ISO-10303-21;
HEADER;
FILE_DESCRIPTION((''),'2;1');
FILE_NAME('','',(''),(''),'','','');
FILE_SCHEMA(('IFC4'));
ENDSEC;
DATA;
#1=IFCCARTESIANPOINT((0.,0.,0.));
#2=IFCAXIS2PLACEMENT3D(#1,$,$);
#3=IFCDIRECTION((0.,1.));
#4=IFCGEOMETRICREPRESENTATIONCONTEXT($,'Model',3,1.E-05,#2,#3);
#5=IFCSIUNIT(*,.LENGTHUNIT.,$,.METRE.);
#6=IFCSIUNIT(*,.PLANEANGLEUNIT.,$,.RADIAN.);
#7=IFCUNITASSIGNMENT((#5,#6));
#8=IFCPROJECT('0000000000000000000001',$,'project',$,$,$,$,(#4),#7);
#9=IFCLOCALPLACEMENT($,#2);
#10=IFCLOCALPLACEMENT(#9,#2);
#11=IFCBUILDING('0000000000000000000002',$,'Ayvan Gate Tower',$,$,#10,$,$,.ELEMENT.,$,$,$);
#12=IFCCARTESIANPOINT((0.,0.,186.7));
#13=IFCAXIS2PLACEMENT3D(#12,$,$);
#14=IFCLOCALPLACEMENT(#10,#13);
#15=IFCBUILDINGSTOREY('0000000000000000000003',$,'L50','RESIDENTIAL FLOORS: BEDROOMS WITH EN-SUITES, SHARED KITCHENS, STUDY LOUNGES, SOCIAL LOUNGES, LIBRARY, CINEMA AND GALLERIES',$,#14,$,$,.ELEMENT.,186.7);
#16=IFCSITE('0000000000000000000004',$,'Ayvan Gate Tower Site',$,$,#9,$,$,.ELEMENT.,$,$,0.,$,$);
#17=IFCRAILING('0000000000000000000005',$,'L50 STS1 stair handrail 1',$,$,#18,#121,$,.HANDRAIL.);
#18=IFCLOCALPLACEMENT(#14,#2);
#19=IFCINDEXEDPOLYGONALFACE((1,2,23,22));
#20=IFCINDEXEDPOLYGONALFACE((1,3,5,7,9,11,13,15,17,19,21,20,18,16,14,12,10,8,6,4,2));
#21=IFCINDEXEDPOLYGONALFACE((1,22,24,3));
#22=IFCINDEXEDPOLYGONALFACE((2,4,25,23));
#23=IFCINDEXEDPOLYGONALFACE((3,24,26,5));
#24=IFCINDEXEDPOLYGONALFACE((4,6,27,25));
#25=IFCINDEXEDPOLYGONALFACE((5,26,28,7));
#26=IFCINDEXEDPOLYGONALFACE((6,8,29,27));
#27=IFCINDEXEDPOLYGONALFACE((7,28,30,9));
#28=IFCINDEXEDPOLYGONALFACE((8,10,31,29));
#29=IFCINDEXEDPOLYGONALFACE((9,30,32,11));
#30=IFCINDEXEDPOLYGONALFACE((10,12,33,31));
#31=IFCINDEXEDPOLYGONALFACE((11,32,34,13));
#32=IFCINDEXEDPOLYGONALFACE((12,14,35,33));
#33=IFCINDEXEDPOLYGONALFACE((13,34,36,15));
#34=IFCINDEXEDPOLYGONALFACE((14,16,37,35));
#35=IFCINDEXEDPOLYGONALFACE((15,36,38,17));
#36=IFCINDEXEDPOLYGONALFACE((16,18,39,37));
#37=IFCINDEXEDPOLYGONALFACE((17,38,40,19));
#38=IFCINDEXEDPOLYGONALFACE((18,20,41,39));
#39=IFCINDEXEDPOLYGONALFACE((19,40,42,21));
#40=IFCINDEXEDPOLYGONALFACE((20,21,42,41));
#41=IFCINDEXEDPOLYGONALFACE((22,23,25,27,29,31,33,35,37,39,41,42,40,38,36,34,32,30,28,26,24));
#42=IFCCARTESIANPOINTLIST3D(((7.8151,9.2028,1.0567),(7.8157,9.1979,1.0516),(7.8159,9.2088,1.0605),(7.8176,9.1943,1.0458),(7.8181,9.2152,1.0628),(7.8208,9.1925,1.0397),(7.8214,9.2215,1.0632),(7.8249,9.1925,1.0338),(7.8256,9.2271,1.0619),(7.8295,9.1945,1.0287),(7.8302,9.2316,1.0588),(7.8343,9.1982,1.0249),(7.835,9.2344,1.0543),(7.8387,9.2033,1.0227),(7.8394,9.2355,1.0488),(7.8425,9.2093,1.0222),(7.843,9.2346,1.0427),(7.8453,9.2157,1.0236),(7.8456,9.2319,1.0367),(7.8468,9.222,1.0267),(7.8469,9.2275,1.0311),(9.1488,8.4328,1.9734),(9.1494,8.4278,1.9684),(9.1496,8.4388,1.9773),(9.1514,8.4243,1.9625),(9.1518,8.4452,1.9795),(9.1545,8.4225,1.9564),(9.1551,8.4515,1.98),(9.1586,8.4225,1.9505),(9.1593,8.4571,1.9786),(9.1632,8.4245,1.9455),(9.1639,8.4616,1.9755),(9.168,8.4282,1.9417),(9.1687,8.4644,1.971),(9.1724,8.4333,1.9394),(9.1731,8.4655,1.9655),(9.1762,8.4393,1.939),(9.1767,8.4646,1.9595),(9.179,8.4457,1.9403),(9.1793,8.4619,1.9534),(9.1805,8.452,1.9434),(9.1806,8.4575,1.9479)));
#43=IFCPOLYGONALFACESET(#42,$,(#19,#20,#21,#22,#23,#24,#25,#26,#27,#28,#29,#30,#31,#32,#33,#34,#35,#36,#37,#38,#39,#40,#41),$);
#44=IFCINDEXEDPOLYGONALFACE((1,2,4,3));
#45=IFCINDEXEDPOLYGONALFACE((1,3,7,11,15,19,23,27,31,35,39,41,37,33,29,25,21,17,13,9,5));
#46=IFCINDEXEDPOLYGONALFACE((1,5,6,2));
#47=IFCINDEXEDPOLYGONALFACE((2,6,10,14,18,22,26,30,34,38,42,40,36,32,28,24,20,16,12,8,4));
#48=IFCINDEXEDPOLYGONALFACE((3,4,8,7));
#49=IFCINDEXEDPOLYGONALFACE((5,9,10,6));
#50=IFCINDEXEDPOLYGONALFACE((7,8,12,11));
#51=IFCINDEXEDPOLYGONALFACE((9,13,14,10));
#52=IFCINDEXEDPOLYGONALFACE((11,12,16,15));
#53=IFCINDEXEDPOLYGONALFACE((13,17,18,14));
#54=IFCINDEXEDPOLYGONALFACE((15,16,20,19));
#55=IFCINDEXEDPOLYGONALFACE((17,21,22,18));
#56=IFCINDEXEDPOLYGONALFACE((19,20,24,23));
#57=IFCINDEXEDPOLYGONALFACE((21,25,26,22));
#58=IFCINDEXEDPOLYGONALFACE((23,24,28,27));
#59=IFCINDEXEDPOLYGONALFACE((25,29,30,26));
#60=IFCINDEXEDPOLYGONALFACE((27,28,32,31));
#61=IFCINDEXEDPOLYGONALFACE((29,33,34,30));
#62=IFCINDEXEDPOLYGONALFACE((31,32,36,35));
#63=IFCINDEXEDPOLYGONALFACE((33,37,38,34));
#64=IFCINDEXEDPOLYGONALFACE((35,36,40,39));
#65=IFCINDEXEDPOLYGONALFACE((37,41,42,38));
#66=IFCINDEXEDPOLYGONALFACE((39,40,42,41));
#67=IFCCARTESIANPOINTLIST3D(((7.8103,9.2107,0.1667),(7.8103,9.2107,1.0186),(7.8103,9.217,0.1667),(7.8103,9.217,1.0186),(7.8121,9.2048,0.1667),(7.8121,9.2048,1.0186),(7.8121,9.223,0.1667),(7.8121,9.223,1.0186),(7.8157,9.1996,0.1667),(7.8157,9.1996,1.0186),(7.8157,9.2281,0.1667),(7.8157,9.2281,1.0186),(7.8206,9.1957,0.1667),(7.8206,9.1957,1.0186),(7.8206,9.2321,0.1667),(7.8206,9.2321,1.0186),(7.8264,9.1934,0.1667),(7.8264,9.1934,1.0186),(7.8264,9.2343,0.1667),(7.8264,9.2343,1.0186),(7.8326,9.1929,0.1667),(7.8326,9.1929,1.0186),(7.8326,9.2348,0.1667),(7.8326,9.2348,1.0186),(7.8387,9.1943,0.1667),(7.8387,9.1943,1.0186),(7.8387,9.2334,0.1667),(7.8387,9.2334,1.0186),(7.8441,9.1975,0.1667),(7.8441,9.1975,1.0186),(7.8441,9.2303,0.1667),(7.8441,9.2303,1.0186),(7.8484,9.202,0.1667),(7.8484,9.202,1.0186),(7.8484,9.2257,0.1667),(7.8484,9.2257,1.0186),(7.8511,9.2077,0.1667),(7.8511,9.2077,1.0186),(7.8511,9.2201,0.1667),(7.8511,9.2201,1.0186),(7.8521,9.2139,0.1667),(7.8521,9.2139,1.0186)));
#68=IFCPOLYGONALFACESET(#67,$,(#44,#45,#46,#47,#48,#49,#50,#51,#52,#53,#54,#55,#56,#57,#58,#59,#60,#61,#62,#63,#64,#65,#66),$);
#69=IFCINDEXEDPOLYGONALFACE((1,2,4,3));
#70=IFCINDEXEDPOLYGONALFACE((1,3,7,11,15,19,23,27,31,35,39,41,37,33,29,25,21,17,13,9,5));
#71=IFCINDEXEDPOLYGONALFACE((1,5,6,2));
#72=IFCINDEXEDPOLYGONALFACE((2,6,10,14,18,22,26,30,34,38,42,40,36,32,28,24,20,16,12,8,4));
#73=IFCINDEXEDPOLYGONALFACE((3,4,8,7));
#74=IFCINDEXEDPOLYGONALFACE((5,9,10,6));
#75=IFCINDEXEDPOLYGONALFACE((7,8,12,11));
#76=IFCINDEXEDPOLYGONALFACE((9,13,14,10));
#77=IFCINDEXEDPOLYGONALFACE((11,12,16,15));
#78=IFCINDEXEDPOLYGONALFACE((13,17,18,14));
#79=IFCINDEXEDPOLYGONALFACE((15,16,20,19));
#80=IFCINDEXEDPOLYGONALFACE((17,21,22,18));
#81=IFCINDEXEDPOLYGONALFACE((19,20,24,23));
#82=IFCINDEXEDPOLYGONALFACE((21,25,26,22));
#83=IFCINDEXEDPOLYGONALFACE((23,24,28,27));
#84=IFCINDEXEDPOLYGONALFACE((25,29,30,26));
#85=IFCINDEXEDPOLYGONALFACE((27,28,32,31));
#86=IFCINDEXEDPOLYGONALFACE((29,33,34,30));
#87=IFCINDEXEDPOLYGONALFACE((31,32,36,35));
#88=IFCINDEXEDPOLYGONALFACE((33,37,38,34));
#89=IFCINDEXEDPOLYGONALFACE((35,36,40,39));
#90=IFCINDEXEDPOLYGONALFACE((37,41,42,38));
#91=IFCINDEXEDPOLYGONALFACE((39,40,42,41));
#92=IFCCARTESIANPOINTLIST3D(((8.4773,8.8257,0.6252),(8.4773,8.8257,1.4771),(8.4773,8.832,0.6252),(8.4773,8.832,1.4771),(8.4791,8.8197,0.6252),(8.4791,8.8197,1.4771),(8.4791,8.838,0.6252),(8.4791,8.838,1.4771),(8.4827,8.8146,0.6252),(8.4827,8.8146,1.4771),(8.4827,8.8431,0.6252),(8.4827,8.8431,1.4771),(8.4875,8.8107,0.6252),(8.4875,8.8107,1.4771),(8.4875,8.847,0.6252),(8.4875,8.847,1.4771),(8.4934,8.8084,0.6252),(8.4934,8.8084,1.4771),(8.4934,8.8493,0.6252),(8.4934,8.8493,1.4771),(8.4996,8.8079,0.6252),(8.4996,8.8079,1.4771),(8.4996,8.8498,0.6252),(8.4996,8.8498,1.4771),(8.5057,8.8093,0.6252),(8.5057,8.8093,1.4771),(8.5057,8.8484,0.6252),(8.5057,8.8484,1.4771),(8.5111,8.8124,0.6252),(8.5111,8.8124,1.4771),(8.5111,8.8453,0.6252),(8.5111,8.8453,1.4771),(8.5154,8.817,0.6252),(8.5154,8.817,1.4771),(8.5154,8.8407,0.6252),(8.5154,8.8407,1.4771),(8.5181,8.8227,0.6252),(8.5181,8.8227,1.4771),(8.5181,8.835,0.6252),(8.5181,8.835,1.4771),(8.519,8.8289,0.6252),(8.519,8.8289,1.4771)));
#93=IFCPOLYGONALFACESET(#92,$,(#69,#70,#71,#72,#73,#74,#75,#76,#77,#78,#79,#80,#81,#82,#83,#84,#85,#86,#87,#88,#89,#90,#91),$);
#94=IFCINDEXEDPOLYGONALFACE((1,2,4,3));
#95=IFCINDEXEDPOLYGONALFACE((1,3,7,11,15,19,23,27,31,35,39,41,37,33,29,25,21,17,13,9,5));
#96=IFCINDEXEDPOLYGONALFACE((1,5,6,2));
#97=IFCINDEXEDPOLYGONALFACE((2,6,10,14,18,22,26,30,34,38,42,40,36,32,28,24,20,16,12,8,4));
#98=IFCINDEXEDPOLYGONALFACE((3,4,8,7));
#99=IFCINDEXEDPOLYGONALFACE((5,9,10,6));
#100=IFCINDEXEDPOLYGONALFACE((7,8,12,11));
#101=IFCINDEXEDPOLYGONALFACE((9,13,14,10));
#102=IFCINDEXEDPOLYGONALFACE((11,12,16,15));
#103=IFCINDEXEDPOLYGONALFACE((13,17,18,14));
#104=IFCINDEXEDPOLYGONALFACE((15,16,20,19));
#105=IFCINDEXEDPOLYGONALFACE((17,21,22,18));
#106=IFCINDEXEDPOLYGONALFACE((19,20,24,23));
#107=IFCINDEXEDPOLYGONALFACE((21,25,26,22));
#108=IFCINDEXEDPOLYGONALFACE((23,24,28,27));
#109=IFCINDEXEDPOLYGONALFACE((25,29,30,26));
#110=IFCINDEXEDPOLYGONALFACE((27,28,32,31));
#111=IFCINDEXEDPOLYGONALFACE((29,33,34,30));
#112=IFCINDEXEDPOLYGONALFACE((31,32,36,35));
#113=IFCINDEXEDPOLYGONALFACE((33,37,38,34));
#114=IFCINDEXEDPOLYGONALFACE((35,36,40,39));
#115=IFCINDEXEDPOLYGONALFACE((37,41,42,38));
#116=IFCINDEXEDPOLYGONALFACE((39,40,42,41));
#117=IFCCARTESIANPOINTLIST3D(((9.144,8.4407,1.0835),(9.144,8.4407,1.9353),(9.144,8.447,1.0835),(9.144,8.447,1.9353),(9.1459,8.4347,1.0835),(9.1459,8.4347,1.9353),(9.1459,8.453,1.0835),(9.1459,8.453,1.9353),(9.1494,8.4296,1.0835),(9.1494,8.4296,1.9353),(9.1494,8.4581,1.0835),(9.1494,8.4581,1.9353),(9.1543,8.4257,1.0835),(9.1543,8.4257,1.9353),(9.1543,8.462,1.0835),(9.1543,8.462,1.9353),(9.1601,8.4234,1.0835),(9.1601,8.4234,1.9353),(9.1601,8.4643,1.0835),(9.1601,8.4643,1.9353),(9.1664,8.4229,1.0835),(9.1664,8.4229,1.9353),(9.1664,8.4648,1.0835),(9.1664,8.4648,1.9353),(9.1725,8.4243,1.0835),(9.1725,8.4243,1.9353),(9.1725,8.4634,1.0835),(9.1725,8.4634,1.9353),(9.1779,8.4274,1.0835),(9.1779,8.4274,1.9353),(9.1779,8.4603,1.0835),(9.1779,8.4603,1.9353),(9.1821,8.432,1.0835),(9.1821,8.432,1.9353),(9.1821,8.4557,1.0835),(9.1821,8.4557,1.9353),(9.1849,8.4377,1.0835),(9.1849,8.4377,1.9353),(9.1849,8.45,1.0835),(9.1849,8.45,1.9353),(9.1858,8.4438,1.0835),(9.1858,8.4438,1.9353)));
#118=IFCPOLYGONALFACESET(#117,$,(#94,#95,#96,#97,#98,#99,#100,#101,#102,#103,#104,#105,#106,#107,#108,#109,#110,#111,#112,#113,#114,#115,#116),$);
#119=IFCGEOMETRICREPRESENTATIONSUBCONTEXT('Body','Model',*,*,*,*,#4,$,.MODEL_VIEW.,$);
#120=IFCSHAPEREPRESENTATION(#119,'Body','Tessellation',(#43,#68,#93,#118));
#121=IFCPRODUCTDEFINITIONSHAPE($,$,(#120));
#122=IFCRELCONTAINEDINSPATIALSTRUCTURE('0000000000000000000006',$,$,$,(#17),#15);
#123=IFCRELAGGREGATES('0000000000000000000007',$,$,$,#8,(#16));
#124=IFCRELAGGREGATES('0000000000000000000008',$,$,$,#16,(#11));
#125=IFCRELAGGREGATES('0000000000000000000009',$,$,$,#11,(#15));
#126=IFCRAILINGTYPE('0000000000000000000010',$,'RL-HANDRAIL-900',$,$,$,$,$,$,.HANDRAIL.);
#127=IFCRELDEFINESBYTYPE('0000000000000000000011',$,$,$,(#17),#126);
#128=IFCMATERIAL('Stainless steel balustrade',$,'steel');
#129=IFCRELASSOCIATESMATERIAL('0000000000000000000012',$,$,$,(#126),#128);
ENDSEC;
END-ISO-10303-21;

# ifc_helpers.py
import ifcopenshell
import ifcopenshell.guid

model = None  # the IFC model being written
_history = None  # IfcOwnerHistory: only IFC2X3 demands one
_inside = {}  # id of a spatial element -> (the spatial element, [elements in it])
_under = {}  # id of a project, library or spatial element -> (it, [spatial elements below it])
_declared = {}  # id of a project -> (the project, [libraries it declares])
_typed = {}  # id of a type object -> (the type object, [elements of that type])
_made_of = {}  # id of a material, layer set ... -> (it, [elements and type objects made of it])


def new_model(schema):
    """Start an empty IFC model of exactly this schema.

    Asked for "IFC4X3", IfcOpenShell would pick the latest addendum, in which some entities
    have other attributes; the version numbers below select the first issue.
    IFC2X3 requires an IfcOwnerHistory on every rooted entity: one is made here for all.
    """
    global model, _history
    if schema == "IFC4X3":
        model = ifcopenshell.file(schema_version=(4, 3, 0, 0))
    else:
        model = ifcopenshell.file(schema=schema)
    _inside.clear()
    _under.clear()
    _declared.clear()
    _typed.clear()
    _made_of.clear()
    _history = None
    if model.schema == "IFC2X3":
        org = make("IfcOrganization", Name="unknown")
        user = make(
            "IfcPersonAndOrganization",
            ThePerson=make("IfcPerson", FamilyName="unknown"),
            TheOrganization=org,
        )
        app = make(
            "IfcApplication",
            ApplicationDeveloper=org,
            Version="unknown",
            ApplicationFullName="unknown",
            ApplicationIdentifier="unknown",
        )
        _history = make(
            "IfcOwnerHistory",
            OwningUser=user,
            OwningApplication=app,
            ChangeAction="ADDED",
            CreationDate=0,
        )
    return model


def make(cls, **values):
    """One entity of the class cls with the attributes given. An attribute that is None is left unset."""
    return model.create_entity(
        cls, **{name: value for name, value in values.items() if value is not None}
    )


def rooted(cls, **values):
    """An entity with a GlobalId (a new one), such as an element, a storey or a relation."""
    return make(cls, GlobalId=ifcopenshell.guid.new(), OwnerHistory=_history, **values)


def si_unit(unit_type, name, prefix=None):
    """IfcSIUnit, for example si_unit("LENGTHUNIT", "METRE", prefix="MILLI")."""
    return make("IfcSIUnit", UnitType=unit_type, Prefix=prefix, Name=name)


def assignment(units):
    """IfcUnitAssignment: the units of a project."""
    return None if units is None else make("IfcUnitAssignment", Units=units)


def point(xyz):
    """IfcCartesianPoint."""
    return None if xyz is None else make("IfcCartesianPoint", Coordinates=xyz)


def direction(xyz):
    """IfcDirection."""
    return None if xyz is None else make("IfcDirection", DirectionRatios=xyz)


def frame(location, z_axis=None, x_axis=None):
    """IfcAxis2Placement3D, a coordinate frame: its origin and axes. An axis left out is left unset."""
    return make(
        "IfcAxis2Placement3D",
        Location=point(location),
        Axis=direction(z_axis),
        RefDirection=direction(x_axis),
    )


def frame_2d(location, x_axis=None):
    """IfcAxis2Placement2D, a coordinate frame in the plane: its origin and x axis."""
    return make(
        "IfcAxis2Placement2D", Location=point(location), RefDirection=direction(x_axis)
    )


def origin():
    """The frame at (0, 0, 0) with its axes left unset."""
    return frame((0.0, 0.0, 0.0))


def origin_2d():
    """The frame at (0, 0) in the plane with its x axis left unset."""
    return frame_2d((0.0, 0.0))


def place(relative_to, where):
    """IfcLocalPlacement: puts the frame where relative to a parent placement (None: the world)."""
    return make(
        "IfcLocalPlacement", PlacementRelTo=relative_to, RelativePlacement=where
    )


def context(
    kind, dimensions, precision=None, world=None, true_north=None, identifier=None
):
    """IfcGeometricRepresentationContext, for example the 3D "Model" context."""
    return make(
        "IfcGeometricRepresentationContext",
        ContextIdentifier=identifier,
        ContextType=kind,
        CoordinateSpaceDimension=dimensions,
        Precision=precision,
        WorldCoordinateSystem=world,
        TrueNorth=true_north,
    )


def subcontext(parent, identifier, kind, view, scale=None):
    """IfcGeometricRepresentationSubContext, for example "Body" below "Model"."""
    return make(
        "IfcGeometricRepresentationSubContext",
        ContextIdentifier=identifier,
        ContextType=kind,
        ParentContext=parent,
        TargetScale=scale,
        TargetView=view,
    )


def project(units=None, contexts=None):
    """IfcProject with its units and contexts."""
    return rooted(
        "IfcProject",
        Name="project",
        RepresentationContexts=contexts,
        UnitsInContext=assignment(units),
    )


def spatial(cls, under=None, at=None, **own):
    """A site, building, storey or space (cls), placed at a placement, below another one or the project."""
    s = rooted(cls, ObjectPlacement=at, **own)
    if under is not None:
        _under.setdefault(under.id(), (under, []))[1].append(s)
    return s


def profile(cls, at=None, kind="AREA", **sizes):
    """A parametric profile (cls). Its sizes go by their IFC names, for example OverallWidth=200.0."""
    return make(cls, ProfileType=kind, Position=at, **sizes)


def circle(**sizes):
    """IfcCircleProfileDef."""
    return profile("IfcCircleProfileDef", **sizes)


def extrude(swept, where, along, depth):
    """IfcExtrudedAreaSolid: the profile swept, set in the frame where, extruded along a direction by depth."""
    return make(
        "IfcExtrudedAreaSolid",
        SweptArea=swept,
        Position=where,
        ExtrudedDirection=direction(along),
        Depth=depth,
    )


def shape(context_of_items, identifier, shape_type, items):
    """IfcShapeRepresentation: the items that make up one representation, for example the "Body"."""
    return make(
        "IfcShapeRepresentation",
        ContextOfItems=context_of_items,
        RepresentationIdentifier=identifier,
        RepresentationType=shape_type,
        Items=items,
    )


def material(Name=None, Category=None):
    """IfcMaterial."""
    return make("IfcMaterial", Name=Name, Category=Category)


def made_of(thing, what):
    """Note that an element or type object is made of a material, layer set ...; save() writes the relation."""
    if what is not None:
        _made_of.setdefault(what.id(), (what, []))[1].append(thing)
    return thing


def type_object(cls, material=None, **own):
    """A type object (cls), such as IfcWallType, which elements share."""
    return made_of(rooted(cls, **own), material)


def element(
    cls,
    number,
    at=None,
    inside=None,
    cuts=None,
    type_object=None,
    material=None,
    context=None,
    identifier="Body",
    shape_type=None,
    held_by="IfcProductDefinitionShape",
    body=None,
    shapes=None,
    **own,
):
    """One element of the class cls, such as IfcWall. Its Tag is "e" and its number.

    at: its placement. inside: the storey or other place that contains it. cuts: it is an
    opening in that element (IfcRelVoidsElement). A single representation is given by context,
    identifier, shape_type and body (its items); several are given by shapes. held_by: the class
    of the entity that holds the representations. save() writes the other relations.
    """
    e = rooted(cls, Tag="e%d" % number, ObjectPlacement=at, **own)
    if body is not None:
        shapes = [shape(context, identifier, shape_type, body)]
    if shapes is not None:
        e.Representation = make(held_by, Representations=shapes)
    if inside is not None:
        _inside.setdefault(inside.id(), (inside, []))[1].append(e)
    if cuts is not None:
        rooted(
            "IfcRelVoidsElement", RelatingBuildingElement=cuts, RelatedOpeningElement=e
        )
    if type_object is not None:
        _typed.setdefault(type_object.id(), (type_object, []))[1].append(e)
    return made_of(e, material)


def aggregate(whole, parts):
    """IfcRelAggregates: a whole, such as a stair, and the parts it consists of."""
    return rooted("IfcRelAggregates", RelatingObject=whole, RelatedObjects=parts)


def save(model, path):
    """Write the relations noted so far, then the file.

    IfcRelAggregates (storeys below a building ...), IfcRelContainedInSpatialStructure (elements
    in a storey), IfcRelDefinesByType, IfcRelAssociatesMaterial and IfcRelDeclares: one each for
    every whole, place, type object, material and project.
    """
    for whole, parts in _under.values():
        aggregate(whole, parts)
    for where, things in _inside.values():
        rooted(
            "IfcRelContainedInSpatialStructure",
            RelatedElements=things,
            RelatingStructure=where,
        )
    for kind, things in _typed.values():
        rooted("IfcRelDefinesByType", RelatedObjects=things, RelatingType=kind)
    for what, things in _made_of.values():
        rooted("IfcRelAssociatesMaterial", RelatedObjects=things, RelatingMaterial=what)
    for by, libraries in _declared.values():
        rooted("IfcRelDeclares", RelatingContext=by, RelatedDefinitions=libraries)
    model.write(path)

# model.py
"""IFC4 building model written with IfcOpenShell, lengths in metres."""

from ifc_helpers import new_model, si_unit, direction, frame, origin, origin_2d, place, context, subcontext, project, spatial, circle, extrude, material, type_object, element, save


model = new_model("IFC4")

# Units and contexts
model_context = context("Model", 3, precision=1e-05, world=origin(), true_north=direction((0.0, 1.0)))
body_context = subcontext(model_context, "Body", "Model", "MODEL_VIEW")
ifc_project = project(units=[si_unit("LENGTHUNIT", "METRE"), si_unit("PLANEANGLEUNIT", "RADIAN")], contexts=[model_context])

# Site, building, storey
site_placement = place(None, origin())
site = spatial("IfcSite", under=ifc_project, at=site_placement, Name="Ayvan Gate Tower Site", CompositionType="ELEMENT", RefElevation=0.0)
building_placement = place(site_placement, origin())
building = spatial("IfcBuilding", under=site, at=building_placement, Name="Ayvan Gate Tower", CompositionType="ELEMENT")
storey_placement = place(building_placement, frame((0.0, 0.0, 186.7)))
storey = spatial("IfcBuildingStorey", under=building, at=storey_placement, Name="L50", Description="RESIDENTIAL FLOORS: BEDROOMS WITH EN-SUITES, SHARED KITCHENS, STUDY LOUNGES, SOCIAL LOUNGES, LIBRARY, CINEMA AND GALLERIES", CompositionType="ELEMENT", Elevation=186.7)

# Railing
ifc_material_1 = material(Name="Stainless steel balustrade", Category="steel")
railing_type_1 = type_object("IfcRailingType", Name="RL-HANDRAIL-900", PredefinedType="HANDRAIL", material=ifc_material_1)
railing_1_placement = place(storey_placement, frame((7.8311, 9.2139, 0.1667)))
element("IfcRailing", 1, at=railing_1_placement, inside=storey, type_object=railing_type_1, Name="L50 STS1 stair handrail 1", PredefinedType="HANDRAIL", context=body_context, shape_type="SweptSolid", body=[
    extrude(circle(Radius=0.0239, at=origin_2d()), frame((0.0, 0.0, 0.876), z_axis=(0.744164, -0.429634, 0.511502), x_axis=(0.499992, 0.86603, 0.0)), (0.0, 0.0, 1.0), 1.7922),
    extrude(circle(Radius=0.021, at=origin_2d()), origin(), (0.0, 0.0, 1.0), 0.8518),
    extrude(circle(Radius=0.021, at=origin_2d()), frame((0.667, -0.385, 0.4585)), (0.0, 0.0, 1.0), 0.8518),
    extrude(circle(Radius=0.021, at=origin_2d()), frame((1.3337, -0.77, 0.9167)), (0.0, 0.0, 1.0), 0.8518),
])

save(model, "model.ifc")
